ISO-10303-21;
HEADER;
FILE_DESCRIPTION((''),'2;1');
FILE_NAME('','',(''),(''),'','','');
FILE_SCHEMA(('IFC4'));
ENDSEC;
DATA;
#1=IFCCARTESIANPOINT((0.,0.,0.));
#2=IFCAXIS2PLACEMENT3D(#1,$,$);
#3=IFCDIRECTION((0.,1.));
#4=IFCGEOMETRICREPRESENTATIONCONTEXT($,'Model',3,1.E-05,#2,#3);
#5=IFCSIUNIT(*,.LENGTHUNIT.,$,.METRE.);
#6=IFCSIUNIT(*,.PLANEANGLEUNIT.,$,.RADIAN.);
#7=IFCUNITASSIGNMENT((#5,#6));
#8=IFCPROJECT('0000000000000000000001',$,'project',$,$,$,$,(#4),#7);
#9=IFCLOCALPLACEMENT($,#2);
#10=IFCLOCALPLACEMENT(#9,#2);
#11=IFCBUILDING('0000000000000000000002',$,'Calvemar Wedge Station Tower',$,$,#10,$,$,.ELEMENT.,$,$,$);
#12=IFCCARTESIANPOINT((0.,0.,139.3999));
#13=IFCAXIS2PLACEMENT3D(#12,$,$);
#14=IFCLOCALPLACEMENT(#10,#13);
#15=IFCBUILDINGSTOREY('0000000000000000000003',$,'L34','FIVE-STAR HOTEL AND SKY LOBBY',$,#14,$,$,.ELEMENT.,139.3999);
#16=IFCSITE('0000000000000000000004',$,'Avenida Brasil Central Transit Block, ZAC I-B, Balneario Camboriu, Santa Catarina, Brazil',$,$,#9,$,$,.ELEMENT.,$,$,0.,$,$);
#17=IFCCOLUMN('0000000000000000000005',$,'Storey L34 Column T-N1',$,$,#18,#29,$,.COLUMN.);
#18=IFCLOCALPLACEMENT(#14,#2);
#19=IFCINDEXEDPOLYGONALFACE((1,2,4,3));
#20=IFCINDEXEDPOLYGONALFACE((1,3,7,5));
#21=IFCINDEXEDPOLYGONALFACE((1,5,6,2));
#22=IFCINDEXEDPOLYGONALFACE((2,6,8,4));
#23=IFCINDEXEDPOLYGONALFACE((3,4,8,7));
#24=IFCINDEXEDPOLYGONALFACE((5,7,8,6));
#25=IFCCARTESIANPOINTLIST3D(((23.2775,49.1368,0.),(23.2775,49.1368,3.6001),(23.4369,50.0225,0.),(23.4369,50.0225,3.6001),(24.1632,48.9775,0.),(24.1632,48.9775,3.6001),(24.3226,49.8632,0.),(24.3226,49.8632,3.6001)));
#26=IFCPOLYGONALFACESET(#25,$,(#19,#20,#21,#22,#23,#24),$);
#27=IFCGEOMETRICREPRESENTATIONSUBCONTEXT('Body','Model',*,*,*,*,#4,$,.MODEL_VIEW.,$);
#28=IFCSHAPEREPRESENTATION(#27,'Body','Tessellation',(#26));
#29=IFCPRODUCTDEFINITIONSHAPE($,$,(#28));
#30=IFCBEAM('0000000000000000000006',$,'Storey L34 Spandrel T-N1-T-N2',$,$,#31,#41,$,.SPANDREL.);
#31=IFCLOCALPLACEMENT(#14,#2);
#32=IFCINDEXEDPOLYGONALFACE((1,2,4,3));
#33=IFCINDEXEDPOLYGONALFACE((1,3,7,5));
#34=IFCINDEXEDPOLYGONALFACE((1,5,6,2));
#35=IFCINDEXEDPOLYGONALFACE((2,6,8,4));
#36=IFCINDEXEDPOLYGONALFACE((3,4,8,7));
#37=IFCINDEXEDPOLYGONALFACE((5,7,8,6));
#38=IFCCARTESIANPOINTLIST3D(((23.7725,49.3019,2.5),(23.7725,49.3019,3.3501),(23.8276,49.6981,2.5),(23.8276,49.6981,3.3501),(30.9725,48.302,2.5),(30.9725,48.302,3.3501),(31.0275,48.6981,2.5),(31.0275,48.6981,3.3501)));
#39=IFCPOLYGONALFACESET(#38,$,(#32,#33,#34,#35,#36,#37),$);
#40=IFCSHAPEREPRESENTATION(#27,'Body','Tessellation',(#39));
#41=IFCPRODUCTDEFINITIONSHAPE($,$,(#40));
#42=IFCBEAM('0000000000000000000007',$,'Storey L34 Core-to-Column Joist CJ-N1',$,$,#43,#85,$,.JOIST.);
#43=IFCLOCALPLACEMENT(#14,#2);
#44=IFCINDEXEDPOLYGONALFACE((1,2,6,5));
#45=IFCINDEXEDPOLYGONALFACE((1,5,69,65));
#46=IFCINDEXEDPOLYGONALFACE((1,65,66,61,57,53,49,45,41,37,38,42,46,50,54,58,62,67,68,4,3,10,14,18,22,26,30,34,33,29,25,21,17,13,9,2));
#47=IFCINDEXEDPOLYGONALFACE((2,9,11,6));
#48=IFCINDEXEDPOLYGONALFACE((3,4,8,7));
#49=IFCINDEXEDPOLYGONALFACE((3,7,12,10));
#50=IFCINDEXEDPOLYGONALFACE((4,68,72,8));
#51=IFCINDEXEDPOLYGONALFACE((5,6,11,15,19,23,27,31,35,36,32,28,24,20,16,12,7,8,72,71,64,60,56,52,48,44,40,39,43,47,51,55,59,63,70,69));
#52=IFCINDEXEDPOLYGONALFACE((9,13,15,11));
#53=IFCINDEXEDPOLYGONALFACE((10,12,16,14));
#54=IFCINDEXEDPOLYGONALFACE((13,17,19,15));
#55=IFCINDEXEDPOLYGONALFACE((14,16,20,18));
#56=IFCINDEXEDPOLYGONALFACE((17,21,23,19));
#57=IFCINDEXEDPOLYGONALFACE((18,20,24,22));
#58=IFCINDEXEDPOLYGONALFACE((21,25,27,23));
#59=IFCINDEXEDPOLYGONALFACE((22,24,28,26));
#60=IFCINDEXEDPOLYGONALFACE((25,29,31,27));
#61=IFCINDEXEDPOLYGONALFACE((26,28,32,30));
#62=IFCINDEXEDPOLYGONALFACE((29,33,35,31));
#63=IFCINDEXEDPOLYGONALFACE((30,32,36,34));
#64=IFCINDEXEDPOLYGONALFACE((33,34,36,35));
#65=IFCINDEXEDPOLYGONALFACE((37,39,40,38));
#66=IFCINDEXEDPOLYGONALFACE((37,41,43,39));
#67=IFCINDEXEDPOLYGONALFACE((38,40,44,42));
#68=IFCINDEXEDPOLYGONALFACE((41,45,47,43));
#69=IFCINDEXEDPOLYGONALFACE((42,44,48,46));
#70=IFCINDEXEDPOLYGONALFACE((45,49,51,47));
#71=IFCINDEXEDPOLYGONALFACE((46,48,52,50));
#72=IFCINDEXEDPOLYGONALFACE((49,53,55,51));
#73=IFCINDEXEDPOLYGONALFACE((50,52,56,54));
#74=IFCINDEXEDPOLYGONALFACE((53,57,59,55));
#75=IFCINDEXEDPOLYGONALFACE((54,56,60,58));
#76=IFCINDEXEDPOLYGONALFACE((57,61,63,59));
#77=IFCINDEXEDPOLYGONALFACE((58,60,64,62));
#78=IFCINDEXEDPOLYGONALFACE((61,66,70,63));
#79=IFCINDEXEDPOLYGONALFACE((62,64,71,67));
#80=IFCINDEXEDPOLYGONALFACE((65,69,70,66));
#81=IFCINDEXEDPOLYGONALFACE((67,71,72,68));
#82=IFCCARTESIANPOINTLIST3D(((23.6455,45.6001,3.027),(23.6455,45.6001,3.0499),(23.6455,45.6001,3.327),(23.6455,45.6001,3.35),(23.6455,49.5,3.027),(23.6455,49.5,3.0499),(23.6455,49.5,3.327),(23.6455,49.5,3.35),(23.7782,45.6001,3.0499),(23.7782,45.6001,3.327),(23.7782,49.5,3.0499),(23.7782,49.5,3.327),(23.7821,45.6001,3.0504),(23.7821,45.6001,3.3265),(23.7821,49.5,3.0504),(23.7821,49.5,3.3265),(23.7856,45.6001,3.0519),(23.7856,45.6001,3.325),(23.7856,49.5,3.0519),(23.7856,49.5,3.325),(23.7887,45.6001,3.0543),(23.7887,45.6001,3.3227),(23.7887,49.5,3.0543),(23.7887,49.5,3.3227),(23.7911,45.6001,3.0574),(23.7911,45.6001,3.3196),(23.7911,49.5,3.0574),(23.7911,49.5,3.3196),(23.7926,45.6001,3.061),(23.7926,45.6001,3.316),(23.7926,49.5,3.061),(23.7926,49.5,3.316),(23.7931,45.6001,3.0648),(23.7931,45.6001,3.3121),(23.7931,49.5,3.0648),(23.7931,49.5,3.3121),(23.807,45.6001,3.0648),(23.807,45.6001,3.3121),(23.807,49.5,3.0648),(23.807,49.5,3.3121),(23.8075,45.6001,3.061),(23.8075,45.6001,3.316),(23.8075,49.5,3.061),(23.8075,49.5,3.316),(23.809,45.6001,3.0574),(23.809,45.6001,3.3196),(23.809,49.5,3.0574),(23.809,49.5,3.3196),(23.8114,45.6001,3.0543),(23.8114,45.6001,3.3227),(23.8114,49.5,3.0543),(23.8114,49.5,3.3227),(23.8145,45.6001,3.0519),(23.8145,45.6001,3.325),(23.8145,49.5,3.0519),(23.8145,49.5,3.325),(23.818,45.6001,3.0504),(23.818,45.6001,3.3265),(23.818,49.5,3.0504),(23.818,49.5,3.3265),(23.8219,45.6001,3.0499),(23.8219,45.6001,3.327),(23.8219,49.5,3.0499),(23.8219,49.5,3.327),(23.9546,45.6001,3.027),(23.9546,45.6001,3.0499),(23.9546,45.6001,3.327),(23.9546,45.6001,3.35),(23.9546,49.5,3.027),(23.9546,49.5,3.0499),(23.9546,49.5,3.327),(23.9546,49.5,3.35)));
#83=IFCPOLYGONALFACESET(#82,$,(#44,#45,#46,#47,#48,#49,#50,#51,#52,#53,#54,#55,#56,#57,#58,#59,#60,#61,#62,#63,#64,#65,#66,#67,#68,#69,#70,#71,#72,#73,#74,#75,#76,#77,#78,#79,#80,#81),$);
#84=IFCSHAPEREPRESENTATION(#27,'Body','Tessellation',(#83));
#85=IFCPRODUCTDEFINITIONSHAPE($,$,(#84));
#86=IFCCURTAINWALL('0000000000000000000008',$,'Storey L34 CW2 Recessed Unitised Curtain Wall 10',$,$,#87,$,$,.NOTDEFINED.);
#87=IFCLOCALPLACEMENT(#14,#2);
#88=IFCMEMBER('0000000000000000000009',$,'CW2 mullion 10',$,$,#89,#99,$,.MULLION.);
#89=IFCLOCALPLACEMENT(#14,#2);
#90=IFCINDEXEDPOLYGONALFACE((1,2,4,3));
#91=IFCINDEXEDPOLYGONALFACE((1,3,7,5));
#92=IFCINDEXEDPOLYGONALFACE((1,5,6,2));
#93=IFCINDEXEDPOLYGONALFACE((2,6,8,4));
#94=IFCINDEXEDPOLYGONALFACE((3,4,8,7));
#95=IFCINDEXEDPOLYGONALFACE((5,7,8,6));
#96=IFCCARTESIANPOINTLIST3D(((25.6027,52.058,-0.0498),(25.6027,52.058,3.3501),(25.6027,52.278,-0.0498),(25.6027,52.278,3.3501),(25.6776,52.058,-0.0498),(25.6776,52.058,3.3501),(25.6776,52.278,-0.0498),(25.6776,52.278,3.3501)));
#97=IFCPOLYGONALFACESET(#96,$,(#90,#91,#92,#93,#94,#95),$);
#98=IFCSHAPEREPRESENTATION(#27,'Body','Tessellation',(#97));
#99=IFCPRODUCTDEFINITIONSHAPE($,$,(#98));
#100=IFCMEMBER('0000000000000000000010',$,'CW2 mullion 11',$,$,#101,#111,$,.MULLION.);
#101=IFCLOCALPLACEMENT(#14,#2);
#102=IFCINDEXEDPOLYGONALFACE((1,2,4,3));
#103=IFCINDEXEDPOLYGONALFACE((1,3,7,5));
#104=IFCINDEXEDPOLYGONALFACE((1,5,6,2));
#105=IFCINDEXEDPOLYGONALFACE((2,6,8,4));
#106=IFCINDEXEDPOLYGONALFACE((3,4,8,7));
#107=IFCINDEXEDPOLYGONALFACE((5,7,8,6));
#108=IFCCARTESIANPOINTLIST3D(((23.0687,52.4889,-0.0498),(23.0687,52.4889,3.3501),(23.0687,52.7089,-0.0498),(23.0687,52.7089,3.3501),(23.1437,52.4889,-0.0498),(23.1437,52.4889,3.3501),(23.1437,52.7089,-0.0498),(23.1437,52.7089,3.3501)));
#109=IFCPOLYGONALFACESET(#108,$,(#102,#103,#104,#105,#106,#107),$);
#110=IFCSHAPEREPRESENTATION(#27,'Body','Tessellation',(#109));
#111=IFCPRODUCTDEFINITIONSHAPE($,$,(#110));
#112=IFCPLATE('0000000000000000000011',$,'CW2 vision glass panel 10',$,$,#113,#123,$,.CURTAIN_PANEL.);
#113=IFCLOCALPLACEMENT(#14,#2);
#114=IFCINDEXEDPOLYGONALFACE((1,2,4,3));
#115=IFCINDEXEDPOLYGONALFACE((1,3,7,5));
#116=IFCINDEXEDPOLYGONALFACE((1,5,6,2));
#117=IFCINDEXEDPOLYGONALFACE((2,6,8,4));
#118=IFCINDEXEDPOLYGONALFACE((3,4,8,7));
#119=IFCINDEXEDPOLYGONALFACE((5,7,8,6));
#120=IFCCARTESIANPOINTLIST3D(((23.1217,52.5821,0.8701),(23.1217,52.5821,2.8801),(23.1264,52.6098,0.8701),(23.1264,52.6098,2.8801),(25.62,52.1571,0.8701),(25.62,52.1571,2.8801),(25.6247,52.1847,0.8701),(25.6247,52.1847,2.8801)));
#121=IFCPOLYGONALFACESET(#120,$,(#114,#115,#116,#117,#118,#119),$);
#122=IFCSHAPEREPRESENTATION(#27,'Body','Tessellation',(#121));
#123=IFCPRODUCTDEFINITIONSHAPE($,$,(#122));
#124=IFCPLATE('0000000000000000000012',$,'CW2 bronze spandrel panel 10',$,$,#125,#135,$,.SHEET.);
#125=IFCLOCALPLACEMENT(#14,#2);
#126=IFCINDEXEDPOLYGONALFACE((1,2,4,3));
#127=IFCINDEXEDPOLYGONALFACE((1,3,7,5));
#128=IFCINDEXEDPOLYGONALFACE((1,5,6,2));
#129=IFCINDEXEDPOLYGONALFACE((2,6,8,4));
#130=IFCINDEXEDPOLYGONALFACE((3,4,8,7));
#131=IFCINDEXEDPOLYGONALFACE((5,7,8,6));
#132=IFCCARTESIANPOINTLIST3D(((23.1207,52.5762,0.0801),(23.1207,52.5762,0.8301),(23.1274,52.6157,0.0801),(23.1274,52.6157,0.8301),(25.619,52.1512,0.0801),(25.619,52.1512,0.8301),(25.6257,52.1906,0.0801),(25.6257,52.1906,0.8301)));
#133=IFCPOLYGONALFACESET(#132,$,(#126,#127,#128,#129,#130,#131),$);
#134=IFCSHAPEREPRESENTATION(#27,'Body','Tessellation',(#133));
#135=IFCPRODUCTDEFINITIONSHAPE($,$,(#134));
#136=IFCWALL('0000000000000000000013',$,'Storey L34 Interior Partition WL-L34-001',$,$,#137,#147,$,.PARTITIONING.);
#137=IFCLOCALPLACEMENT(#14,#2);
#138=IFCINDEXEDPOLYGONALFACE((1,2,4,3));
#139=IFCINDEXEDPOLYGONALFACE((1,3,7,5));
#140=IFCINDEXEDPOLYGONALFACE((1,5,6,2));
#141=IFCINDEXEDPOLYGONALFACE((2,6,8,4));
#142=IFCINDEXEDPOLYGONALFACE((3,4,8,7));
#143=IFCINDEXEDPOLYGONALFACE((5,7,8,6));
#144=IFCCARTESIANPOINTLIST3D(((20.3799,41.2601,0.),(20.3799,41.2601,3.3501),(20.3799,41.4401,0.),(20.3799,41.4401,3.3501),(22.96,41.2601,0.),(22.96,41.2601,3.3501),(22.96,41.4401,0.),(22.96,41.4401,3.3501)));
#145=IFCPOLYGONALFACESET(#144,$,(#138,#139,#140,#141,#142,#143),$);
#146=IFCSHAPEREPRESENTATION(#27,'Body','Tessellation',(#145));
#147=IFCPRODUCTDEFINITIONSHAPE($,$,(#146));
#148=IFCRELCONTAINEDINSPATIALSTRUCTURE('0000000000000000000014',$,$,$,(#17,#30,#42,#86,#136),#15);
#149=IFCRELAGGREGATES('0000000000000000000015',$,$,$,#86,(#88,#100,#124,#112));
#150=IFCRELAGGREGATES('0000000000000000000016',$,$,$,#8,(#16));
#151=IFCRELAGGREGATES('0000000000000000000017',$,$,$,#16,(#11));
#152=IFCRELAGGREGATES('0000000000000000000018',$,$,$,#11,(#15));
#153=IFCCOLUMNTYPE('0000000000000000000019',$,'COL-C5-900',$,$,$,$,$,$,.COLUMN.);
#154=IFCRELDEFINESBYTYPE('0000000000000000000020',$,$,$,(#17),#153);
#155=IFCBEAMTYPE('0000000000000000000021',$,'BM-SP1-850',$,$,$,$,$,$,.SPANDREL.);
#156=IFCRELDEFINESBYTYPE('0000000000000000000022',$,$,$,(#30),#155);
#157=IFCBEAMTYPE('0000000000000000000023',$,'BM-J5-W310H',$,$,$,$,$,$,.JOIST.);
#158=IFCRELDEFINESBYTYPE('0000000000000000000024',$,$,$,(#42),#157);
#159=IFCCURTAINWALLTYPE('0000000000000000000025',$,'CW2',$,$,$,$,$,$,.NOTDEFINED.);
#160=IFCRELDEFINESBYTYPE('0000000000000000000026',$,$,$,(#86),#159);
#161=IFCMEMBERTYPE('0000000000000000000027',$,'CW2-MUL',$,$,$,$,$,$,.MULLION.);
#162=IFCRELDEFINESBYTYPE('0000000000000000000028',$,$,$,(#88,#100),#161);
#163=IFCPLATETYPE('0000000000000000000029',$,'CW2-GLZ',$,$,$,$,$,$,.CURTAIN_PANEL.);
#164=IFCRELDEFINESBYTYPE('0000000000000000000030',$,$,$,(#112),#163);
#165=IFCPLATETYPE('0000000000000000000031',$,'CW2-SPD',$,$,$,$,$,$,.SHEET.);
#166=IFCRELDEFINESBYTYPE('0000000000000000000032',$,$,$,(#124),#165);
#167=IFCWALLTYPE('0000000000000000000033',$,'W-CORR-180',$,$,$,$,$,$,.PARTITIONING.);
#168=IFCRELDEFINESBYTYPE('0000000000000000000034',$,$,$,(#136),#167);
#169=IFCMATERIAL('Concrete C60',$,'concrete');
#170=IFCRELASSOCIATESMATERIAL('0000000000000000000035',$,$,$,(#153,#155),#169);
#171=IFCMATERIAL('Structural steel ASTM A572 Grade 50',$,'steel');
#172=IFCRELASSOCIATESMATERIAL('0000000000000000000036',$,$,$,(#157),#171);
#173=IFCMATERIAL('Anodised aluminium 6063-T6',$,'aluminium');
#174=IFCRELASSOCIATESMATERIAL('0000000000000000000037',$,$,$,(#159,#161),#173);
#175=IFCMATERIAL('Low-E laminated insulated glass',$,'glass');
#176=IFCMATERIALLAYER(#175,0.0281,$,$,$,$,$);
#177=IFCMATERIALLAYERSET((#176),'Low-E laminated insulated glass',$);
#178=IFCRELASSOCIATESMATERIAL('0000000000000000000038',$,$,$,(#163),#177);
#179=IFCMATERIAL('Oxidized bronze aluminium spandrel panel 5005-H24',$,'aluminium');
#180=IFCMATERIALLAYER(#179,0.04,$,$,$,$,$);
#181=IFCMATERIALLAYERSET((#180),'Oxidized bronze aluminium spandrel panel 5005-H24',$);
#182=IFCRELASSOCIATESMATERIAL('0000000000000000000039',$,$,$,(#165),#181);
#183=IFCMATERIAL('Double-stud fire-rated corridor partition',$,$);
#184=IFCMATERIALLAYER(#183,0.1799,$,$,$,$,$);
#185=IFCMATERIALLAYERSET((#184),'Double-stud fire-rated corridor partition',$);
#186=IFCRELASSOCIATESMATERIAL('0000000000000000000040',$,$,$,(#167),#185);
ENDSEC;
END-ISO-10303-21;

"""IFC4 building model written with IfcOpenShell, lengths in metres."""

from ifc_helpers import new_model, si_unit, direction, frame, frame_2d, origin, origin_2d, place, context, subcontext, project, spatial, rectangle, i_section, extrude, source, transform, mapped, material, layer, layer_set, material_profile, profile_set, type_object, element, aggregate, save


model = new_model("IFC4")

# Units and contexts
model_context = context("Model", 3, precision=1e-05, world=origin(), true_north=direction((0.0, 1.0)))
body_context = subcontext(model_context, "Body", "Model", "MODEL_VIEW")
ifc_project = project(units=[si_unit("LENGTHUNIT", "METRE"), si_unit("PLANEANGLEUNIT", "RADIAN")], contexts=[model_context])

# Site, building, storey
site_placement = place(None, origin())
site = spatial("IfcSite", under=ifc_project, at=site_placement, Name="Avenida Brasil Central Transit Block, ZAC I-B, Balneario Camboriu, Santa Catarina, Brazil", CompositionType="ELEMENT", RefElevation=0.0)
building_placement = place(site_placement, origin())
building = spatial("IfcBuilding", under=site, at=building_placement, Name="Calvemar Wedge Station Tower", CompositionType="ELEMENT")
storey_placement = place(building_placement, frame((0.0, 0.0, 139.3999)))
storey = spatial("IfcBuildingStorey", under=building, at=storey_placement, Name="L34", Description="FIVE-STAR HOTEL AND SKY LOBBY", CompositionType="ELEMENT", Elevation=139.3999)

# Column
ifc_material_1 = material(Name="Concrete C60", Category="concrete")
ifc_material_profile_1 = material_profile(ifc_material_1, rectangle(XDim=0.8999, YDim=0.8999, at=origin_2d()), Name="RC900x900")
ifc_profile_set_1 = profile_set([ifc_material_profile_1], Name="Concrete C60")
column_type = type_object("IfcColumnType", Name="COL-C5-900", PredefinedType="COLUMN", material=ifc_profile_set_1)
shared_shape_1 = source(origin(), body_context, "Body", "SweptSolid", [
    extrude(rectangle(XDim=0.8999, YDim=0.8999, at=origin_2d()), origin(), (0.0, 0.0, 1.0), 3.6001),
])
column_placement = place(storey_placement, frame((23.8, 49.5, 0.0), z_axis=(0.0, 0.0, 1.0), x_axis=(0.984196, -0.177085, 0.0)))
element("IfcColumn", 1, at=column_placement, inside=storey, type_object=column_type, Name="Storey L34 Column T-N1", PredefinedType="COLUMN", context=body_context, shape_type="MappedRepresentation", body=[
    mapped(shared_shape_1, transform((0.0, 0.0, 0.0), scale=1.0)),
])

# Beams
ifc_material_profile_2 = material_profile(ifc_material_1, rectangle(XDim=0.3999, YDim=0.8501, at=origin_2d()), Name="RC400x850")
ifc_profile_set_2 = profile_set([ifc_material_profile_2], Name="Concrete C60")
beam_type_1 = type_object("IfcBeamType", Name="BM-SP1-850", PredefinedType="SPANDREL", material=ifc_profile_set_2)
shared_shape_2 = source(origin(), body_context, "Body", "SweptSolid", [
    extrude(rectangle(XDim=0.3999, YDim=0.8501, at=origin_2d()), origin(), (0.0, 0.0, 1.0), 7.269),
])
beam_1_placement = place(storey_placement, frame((23.8, 49.5, 2.925), z_axis=(0.990492, -0.137569, 0.0), x_axis=(0.137569, 0.990492, 0.0)))
element("IfcBeam", 2, at=beam_1_placement, inside=storey, type_object=beam_type_1, Name="Storey L34 Spandrel T-N1-T-N2", PredefinedType="SPANDREL", context=body_context, shape_type="MappedRepresentation", body=[
    mapped(shared_shape_2, transform((0.0, 0.0, 0.0), scale=1.0)),
])
ifc_material_2 = material(Name="Structural steel ASTM A572 Grade 50", Category="steel")
ifc_material_profile_3 = material_profile(ifc_material_2, i_section(OverallWidth=0.3091, OverallDepth=0.323, WebThickness=0.0139, FlangeThickness=0.0229, FilletRadius=0.0149, at=origin_2d()), Name="W310x143")
ifc_profile_set_3 = profile_set([ifc_material_profile_3], Name="Structural steel ASTM A572 Grade 50")
beam_type_2 = type_object("IfcBeamType", Name="BM-J5-W310H", PredefinedType="JOIST", material=ifc_profile_set_3)
shared_shape_3 = source(origin(), body_context, "Body", "SweptSolid", [
    extrude(i_section(OverallWidth=0.3091, OverallDepth=0.323, WebThickness=0.0139, FlangeThickness=0.0229, FilletRadius=0.0149, at=origin_2d()), origin(), (0.0, 0.0, 1.0), 3.8999),
])
beam_2_placement = place(storey_placement, frame((23.8, 45.6001, 3.1885), z_axis=(0.0, 1.0, 0.0), x_axis=(-1.0, 0.0, 0.0)))
element("IfcBeam", 3, at=beam_2_placement, inside=storey, type_object=beam_type_2, Name="Storey L34 Core-to-Column Joist CJ-N1", PredefinedType="JOIST", context=body_context, shape_type="MappedRepresentation", body=[
    mapped(shared_shape_3, transform((0.0, 0.0, 0.0), scale=1.0)),
])

# Curtain wall, members, plates
ifc_material_3 = material(Name="Anodised aluminium 6063-T6", Category="aluminium")
curtain_wall_type = type_object("IfcCurtainWallType", Name="CW2", PredefinedType="NOTDEFINED", material=ifc_material_3)
curtain_wall_placement = place(storey_placement, origin())
curtain_wall = element("IfcCurtainWall", 4, at=curtain_wall_placement, inside=storey, type_object=curtain_wall_type, Name="Storey L34 CW2 Recessed Unitised Curtain Wall 10", PredefinedType="NOTDEFINED")
ifc_material_profile_4 = material_profile(ifc_material_3, rectangle(XDim=0.075, YDim=0.22, at=origin_2d()), Name="AL-MUL-75x220")
ifc_profile_set_4 = profile_set([ifc_material_profile_4], Name="Anodised aluminium 6063-T6")
member_type = type_object("IfcMemberType", Name="CW2-MUL", PredefinedType="MULLION", material=ifc_profile_set_4)
shared_shape_4 = source(origin(), body_context, "Body", "SweptSolid", [
    extrude(rectangle(XDim=0.075, YDim=0.22, at=origin_2d()), origin(), (0.0, 0.0, 1.0), 3.3999),
])
member_1_placement = place(storey_placement, frame((25.6401, 52.168, -0.0498), z_axis=(0.0, 0.0, 1.0), x_axis=(1.0, 0.0, 0.0)))
member_1 = element("IfcMember", 5, at=member_1_placement, type_object=member_type, Name="CW2 mullion 10", PredefinedType="MULLION", context=body_context, shape_type="MappedRepresentation", body=[
    mapped(shared_shape_4, transform((0.0, 0.0, 0.0), scale=1.0)),
])
member_2_placement = place(storey_placement, frame((23.1062, 52.5989, -0.0498), z_axis=(0.0, 0.0, 1.0), x_axis=(1.0, 0.0, 0.0)))
member_2 = element("IfcMember", 6, at=member_2_placement, type_object=member_type, Name="CW2 mullion 11", PredefinedType="MULLION", context=body_context, shape_type="MappedRepresentation", body=[
    mapped(shared_shape_4, transform((0.0, 0.0, 0.0), scale=1.0)),
])
ifc_material_4 = material(Name="Low-E laminated insulated glass", Category="glass")
ifc_layer_1 = layer(ifc_material_4, 0.0281)
ifc_layer_set_1 = layer_set([ifc_layer_1], Name="Low-E laminated insulated glass")
plate_type_1 = type_object("IfcPlateType", Name="CW2-GLZ", PredefinedType="CURTAIN_PANEL", material=ifc_layer_set_1)
plate_1_placement = place(storey_placement, frame((25.6223, 52.1709, 0.8701), z_axis=(0.0, 0.0, 1.0), x_axis=(-0.985834, 0.167726, 0.0)))
plate_1 = element("IfcPlate", 7, at=plate_1_placement, type_object=plate_type_1, Name="CW2 vision glass panel 10", PredefinedType="CURTAIN_PANEL", context=body_context, shape_type="SweptSolid", body=[
    extrude(rectangle(XDim=2.5342, YDim=0.0281, at=frame_2d((1.2671, 0.0))), origin(), (0.0, 0.0, 1.0), 2.01),
])
ifc_material_5 = material(Name="Oxidized bronze aluminium spandrel panel 5005-H24", Category="aluminium")
ifc_layer_2 = layer(ifc_material_5, 0.04)
ifc_layer_set_2 = layer_set([ifc_layer_2], Name="Oxidized bronze aluminium spandrel panel 5005-H24")
plate_type_2 = type_object("IfcPlateType", Name="CW2-SPD", PredefinedType="SHEET", material=ifc_layer_set_2)
plate_2_placement = place(storey_placement, frame((25.6223, 52.1709, 0.0801), z_axis=(0.0, 0.0, 1.0), x_axis=(-0.985834, 0.167726, 0.0)))
plate_2 = element("IfcPlate", 8, at=plate_2_placement, type_object=plate_type_2, Name="CW2 bronze spandrel panel 10", PredefinedType="SHEET", context=body_context, shape_type="SweptSolid", body=[
    extrude(rectangle(XDim=2.5342, YDim=0.04, at=frame_2d((1.2671, 0.0))), origin(), (0.0, 0.0, 1.0), 0.75),
])
aggregate(curtain_wall, [member_1, member_2, plate_2, plate_1])

# Wall
ifc_material_6 = material(Name="Double-stud fire-rated corridor partition")
ifc_layer_3 = layer(ifc_material_6, 0.1799)
ifc_layer_set_3 = layer_set([ifc_layer_3], Name="Double-stud fire-rated corridor partition")
wall_type_1 = type_object("IfcWallType", Name="W-CORR-180", PredefinedType="PARTITIONING", material=ifc_layer_set_3)
wall_1_placement = place(storey_placement, frame((22.96, 41.3501, 0.0), z_axis=(0.0, 0.0, 1.0), x_axis=(-1.0, 0.0, 0.0)))
element("IfcWall", 9, at=wall_1_placement, inside=storey, type_object=wall_type_1, Name="Storey L34 Interior Partition WL-L34-001", PredefinedType="PARTITIONING", context=body_context, shape_type="SweptSolid", body=[
    extrude(rectangle(XDim=2.5801, YDim=0.1799, at=frame_2d((1.29, 0.0))), origin(), (0.0, 0.0, 1.0), 3.3501),
])

save(model, "model.ifc")
